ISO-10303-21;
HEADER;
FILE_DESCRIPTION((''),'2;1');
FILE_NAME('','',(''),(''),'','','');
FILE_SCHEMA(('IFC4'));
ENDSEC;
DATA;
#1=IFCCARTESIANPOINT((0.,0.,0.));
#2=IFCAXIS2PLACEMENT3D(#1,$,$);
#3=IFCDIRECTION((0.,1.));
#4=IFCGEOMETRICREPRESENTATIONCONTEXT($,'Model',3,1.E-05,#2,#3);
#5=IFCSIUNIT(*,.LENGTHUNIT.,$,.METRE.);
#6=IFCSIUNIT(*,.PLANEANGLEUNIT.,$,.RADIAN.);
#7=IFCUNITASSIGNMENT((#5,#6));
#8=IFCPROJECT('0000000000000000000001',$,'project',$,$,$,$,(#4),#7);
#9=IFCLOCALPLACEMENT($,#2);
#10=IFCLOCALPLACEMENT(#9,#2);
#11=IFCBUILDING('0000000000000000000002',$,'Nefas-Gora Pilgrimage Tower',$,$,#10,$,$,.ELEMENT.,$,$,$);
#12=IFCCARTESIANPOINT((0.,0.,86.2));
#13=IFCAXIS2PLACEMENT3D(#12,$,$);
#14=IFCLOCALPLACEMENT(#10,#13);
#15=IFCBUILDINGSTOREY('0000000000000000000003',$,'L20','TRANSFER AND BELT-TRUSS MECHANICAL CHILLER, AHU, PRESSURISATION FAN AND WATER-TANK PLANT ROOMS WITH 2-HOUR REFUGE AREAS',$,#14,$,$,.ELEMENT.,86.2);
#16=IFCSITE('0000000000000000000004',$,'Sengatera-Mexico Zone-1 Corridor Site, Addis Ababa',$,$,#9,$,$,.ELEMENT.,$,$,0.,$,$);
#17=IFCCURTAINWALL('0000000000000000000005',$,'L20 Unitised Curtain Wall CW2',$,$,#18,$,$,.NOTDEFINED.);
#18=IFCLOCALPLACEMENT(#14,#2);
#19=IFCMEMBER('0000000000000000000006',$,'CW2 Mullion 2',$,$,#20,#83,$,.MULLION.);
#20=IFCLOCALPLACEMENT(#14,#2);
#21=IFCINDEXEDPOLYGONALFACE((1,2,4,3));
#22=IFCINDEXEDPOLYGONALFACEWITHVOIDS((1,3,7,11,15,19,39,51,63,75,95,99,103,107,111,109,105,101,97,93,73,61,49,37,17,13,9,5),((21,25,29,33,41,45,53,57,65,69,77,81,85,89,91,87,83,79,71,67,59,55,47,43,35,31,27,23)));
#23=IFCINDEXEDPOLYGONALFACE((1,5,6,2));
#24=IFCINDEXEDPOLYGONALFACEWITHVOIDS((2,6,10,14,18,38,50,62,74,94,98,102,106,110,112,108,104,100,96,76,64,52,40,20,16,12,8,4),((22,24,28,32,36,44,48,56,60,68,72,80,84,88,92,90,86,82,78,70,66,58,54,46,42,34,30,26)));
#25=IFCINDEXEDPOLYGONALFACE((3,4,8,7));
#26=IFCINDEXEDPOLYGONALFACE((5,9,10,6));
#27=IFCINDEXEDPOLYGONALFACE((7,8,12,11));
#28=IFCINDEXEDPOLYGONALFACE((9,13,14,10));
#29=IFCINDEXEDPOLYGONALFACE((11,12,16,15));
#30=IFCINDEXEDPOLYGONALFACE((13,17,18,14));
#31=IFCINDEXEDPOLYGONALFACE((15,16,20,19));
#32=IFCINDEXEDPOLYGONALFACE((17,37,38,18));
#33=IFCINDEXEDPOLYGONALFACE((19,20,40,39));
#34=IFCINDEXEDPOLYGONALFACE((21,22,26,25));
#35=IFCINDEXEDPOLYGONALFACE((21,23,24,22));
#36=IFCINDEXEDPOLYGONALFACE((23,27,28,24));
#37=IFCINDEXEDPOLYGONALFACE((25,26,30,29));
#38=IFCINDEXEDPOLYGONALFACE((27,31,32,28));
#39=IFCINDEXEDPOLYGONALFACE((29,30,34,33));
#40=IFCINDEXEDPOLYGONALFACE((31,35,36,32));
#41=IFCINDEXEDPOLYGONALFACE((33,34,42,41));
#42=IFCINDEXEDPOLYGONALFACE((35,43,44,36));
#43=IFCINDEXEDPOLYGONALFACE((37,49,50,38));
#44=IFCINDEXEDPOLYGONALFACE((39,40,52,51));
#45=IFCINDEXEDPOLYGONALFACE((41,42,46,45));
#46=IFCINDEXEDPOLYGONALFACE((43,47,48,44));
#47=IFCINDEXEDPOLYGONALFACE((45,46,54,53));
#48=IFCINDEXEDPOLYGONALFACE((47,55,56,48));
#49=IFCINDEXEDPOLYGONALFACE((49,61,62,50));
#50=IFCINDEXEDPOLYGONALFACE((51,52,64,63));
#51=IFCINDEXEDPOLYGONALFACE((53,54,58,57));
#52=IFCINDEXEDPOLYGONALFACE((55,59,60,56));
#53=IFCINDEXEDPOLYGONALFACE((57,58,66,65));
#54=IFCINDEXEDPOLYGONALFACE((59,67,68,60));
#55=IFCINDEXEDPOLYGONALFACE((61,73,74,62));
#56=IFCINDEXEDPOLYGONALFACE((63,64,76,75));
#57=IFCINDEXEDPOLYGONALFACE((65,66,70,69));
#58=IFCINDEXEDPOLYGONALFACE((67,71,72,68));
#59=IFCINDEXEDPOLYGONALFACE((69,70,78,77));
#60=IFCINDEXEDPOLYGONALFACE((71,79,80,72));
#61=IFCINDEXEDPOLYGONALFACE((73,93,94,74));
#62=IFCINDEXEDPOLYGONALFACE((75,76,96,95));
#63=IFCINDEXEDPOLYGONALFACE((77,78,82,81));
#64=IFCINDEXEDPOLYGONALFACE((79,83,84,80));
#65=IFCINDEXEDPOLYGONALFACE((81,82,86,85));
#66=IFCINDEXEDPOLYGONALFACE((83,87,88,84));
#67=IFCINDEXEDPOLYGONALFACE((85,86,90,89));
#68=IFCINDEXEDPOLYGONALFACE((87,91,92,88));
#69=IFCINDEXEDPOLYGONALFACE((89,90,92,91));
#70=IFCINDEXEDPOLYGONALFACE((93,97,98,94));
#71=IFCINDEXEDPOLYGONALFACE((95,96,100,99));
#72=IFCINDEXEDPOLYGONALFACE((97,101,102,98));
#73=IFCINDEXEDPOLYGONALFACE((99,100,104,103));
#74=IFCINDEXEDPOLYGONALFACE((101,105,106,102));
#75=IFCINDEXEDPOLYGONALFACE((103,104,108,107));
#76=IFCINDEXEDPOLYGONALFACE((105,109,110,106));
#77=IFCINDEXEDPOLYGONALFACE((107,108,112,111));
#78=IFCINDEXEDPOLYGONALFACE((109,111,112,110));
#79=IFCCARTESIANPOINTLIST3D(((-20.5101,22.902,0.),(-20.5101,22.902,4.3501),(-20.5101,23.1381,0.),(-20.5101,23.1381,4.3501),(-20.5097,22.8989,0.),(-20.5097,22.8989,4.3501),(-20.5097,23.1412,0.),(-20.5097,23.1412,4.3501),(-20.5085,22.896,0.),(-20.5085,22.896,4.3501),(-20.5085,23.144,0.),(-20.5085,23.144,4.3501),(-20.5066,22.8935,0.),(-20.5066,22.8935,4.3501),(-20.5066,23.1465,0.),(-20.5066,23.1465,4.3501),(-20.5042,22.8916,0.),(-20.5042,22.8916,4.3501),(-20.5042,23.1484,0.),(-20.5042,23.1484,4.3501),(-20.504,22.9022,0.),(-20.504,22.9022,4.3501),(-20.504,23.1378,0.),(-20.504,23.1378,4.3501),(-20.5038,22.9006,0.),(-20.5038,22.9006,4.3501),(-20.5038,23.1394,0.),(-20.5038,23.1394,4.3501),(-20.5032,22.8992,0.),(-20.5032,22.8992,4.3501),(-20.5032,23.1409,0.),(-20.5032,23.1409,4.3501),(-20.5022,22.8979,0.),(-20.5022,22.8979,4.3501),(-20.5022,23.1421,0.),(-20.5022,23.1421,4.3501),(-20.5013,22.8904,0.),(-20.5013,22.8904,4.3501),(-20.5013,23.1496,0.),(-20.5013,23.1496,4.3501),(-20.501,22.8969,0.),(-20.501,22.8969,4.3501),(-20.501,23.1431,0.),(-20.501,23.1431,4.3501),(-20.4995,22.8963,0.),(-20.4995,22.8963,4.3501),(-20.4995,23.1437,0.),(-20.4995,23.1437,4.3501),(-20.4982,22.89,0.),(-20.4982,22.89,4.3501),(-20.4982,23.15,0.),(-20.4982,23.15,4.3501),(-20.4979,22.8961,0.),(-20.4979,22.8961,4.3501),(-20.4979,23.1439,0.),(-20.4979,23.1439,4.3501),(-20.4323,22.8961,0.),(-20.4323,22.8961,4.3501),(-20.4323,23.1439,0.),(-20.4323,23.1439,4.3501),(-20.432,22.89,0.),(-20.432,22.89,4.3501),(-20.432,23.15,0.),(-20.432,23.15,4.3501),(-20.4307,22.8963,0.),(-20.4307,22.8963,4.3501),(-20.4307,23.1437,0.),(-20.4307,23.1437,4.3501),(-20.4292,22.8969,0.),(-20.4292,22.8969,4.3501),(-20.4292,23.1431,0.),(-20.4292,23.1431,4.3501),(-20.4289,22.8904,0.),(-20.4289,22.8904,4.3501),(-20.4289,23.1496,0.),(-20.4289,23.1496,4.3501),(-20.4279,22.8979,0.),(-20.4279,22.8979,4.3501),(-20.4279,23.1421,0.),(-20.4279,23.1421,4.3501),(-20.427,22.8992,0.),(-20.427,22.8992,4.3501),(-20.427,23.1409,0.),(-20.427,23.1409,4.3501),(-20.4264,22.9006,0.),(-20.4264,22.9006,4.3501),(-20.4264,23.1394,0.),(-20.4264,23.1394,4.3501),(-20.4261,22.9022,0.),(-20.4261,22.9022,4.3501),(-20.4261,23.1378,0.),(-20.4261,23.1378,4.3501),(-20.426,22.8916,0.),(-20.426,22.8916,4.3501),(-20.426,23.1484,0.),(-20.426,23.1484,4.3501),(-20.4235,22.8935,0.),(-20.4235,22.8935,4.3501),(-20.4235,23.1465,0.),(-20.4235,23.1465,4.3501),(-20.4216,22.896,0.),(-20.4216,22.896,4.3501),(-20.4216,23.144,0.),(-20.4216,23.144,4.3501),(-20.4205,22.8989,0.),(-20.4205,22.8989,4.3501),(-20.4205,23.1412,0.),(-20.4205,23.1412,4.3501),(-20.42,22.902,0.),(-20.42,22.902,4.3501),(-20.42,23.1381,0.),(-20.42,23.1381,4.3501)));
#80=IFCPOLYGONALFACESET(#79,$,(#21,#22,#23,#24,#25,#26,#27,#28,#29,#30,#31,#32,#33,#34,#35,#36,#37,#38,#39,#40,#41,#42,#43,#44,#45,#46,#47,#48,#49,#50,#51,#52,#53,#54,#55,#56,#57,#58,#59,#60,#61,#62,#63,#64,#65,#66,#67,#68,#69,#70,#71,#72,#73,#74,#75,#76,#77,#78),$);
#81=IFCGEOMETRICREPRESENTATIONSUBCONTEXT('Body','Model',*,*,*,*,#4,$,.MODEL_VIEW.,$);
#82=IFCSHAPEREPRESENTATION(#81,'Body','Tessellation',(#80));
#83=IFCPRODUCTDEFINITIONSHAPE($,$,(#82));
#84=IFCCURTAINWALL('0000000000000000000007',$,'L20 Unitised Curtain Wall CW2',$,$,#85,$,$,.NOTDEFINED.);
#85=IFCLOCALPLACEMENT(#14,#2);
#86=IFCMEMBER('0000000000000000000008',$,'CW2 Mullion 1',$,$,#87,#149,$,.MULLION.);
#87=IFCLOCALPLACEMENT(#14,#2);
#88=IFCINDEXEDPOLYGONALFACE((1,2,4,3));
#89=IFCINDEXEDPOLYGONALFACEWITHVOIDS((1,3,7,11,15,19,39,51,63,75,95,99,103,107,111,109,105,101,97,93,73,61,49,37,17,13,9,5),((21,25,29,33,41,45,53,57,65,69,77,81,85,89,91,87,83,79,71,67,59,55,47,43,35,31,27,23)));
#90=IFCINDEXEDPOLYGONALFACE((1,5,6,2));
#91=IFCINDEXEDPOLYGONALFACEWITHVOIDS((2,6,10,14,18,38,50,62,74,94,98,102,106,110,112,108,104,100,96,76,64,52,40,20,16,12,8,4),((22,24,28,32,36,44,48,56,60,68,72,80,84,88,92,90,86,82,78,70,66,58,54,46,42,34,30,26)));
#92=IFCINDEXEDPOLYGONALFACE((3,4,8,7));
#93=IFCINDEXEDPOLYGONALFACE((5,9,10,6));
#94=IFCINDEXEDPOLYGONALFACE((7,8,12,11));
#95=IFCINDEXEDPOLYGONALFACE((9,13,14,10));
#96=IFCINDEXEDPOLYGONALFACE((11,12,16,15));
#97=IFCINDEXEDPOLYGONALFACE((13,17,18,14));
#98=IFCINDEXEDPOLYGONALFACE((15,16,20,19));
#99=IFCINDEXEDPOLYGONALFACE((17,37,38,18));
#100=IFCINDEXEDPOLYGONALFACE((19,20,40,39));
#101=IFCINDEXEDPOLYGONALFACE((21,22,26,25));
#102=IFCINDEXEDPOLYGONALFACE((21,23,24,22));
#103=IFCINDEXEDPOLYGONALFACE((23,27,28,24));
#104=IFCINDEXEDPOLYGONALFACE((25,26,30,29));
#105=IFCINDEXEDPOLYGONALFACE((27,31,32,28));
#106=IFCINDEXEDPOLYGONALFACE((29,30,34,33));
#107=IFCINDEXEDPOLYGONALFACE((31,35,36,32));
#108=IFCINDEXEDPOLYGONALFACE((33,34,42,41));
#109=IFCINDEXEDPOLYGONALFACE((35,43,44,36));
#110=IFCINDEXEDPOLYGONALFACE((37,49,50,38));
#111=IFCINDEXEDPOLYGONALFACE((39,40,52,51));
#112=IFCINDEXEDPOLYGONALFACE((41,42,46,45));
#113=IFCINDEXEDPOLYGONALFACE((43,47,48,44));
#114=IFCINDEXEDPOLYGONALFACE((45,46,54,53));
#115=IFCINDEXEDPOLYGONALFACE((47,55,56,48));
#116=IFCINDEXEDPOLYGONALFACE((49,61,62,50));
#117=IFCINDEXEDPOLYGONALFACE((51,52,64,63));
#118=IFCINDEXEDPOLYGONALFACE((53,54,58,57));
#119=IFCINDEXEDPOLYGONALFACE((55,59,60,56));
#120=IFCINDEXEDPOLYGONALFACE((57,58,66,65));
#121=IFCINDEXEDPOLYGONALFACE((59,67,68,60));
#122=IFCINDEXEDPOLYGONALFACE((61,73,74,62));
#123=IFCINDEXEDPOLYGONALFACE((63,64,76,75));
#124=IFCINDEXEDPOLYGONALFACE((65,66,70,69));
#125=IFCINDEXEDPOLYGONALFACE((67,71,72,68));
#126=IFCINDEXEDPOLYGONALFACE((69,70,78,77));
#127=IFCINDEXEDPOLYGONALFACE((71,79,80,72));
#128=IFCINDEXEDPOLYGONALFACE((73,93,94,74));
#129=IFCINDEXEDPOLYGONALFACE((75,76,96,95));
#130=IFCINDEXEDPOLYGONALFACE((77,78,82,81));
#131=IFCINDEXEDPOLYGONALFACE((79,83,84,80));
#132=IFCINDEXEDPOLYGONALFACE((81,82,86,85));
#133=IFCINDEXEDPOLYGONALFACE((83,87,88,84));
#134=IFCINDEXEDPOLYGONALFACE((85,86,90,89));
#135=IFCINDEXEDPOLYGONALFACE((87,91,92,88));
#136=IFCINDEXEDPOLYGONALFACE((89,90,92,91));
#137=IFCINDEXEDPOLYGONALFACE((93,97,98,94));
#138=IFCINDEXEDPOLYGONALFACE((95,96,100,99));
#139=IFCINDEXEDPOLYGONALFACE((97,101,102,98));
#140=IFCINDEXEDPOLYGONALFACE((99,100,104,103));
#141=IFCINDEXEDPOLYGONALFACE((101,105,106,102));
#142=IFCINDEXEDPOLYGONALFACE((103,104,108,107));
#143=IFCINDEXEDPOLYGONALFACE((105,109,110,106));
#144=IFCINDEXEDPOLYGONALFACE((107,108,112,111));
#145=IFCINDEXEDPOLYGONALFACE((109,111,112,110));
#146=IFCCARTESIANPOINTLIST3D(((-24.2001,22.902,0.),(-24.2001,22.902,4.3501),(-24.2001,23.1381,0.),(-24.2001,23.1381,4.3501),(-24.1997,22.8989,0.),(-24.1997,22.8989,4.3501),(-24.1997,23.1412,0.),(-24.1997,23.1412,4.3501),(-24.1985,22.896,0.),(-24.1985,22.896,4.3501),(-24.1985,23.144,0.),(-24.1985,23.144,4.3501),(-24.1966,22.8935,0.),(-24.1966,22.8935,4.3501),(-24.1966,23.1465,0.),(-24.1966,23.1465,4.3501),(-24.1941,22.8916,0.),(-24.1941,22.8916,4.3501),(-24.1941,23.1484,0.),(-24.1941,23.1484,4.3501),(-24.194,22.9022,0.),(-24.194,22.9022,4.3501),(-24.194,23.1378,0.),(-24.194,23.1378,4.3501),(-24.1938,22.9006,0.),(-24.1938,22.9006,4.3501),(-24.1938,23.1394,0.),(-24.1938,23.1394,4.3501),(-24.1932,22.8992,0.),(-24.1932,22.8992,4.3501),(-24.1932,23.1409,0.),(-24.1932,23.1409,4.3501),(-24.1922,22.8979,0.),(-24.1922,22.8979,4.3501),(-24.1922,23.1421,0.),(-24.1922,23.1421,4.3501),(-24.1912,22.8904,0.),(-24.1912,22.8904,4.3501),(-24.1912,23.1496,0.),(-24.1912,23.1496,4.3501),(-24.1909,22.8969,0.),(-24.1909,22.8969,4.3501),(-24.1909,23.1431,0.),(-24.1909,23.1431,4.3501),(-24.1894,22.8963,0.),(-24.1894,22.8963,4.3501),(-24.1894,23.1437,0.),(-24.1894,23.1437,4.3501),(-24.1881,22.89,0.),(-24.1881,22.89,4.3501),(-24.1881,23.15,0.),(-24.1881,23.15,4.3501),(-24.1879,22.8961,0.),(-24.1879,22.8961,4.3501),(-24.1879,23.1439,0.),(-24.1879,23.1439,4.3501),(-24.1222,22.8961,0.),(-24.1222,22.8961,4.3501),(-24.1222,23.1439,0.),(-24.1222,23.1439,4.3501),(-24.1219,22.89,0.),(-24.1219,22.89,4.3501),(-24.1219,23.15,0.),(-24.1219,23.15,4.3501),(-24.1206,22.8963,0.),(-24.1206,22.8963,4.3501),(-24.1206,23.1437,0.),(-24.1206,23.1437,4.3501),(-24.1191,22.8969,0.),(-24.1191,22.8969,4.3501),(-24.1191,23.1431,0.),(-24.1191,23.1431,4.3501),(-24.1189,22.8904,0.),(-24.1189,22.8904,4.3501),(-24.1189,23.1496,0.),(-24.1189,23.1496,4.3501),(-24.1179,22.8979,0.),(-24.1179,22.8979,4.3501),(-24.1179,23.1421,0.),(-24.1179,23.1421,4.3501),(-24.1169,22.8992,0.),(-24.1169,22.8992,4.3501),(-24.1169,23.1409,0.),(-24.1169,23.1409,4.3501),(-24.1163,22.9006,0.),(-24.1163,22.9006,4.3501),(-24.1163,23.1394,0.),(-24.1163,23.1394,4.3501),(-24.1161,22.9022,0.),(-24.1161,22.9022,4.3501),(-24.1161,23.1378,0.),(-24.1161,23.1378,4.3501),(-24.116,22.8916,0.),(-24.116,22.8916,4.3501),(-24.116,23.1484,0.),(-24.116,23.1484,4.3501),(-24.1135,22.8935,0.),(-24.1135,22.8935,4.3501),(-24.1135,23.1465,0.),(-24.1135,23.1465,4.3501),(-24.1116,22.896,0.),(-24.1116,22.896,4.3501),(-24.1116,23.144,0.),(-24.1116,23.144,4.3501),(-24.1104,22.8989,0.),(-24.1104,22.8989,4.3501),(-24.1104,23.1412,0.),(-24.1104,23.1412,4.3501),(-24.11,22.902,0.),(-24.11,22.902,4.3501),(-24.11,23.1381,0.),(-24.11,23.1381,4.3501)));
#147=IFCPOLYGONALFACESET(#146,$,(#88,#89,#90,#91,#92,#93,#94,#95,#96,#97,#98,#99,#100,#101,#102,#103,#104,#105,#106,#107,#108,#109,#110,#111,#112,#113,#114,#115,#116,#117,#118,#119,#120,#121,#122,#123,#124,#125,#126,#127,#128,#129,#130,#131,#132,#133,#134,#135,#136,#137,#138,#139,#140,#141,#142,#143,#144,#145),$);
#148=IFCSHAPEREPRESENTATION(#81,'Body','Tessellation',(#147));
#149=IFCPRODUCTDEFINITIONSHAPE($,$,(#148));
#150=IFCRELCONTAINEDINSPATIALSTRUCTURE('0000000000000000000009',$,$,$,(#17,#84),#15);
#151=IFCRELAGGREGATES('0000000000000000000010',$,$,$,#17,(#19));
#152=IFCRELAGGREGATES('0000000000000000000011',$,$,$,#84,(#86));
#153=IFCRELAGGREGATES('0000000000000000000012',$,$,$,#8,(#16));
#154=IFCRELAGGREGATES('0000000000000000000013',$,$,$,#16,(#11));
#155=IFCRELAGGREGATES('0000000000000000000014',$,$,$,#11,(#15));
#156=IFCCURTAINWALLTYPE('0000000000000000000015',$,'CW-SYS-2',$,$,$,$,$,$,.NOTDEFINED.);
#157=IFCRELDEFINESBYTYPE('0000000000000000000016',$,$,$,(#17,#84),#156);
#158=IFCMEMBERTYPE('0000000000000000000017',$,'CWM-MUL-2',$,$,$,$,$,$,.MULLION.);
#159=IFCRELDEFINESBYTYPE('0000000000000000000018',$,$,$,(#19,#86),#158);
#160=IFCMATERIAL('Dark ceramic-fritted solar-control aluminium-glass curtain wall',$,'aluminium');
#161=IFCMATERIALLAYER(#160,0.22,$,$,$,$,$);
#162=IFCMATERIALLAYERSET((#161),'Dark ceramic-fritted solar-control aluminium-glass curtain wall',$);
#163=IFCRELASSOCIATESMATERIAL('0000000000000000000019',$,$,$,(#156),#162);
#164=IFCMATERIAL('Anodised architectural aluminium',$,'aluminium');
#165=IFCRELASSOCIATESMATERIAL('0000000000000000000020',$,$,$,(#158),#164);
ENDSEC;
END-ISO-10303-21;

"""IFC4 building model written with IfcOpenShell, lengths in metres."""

from ifc_helpers import new_model, si_unit, direction, frame, origin, origin_2d, place, context, subcontext, project, spatial, hollow_rectangle, extrude, source, transform, mapped, material, layer, layer_set, material_profile, profile_set, type_object, element, aggregate, save


model = new_model("IFC4")

# Units and contexts
model_context = context("Model", 3, precision=1e-05, world=origin(), true_north=direction((0.0, 1.0)))
body_context = subcontext(model_context, "Body", "Model", "MODEL_VIEW")
ifc_project = project(units=[si_unit("LENGTHUNIT", "METRE"), si_unit("PLANEANGLEUNIT", "RADIAN")], contexts=[model_context])

# Site, building, storey
site_placement = place(None, origin())
site = spatial("IfcSite", under=ifc_project, at=site_placement, Name="Sengatera-Mexico Zone-1 Corridor Site, Addis Ababa", CompositionType="ELEMENT", RefElevation=0.0)
building_placement = place(site_placement, origin())
building = spatial("IfcBuilding", under=site, at=building_placement, Name="Nefas-Gora Pilgrimage Tower", CompositionType="ELEMENT")
storey_placement = place(building_placement, frame((0.0, 0.0, 86.2)))
storey = spatial("IfcBuildingStorey", under=building, at=storey_placement, Name="L20", Description="TRANSFER AND BELT-TRUSS MECHANICAL CHILLER, AHU, PRESSURISATION FAN AND WATER-TANK PLANT ROOMS WITH 2-HOUR REFUGE AREAS", CompositionType="ELEMENT", Elevation=86.2)

# Shared definitions
ifc_material_1 = material(Name="Dark ceramic-fritted solar-control aluminium-glass curtain wall", Category="aluminium")
ifc_material_2 = material(Name="Anodised architectural aluminium", Category="aluminium")

# Curtain walls, members
ifc_layer_1 = layer(ifc_material_1, 0.22)
ifc_layer_set_1 = layer_set([ifc_layer_1], Name="Dark ceramic-fritted solar-control aluminium-glass curtain wall")
curtain_wall_type_1 = type_object("IfcCurtainWallType", Name="CW-SYS-2", PredefinedType="NOTDEFINED", material=ifc_layer_set_1)
curtain_wall_1_placement = place(storey_placement, origin())
curtain_wall_1 = element("IfcCurtainWall", 1, at=curtain_wall_1_placement, inside=storey, type_object=curtain_wall_type_1, Name="L20 Unitised Curtain Wall CW2", PredefinedType="NOTDEFINED")
ifc_material_profile_1 = material_profile(ifc_material_2, hollow_rectangle(XDim=0.0901, YDim=0.26, WallThickness=0.0061, InnerFilletRadius=0.0061, OuterFilletRadius=0.012, at=origin_2d()), Name="ALU MULLION 90x260")
ifc_profile_set_1 = profile_set([ifc_material_profile_1], Name="Anodised architectural aluminium")
member_type_1 = type_object("IfcMemberType", Name="CWM-MUL-2", PredefinedType="MULLION", material=ifc_profile_set_1)
shared_shape_1 = source(origin(), body_context, "Body", "SweptSolid", [
    extrude(hollow_rectangle(XDim=0.0901, YDim=0.26, WallThickness=0.0061, InnerFilletRadius=0.0061, OuterFilletRadius=0.012, at=origin_2d()), origin(), (0.0, 0.0, 1.0), 4.3501),
])
member_1_placement = place(storey_placement, frame((-20.4651, 23.02, 0.0), z_axis=(0.0, 0.0, 1.0), x_axis=(-1.0, 0.0, 0.0)))
member_1 = element("IfcMember", 2, at=member_1_placement, type_object=member_type_1, Name="CW2 Mullion 2", PredefinedType="MULLION", context=body_context, shape_type="MappedRepresentation", body=[
    mapped(shared_shape_1, transform((0.0, 0.0, 0.0), x_axis=(1.0, 0.0, 0.0), y_axis=(0.0, 1.0, 0.0), z_axis=(0.0, 0.0, 1.0), scale=1.0)),
])
curtain_wall_2_placement = place(storey_placement, origin())
curtain_wall_2 = element("IfcCurtainWall", 3, at=curtain_wall_2_placement, inside=storey, type_object=curtain_wall_type_1, Name="L20 Unitised Curtain Wall CW2", PredefinedType="NOTDEFINED")
member_2_placement = place(storey_placement, frame((-24.155, 23.02, 0.0), z_axis=(0.0, 0.0, 1.0), x_axis=(-1.0, 0.0, 0.0)))
member_2 = element("IfcMember", 4, at=member_2_placement, type_object=member_type_1, Name="CW2 Mullion 1", PredefinedType="MULLION", context=body_context, shape_type="MappedRepresentation", body=[
    mapped(shared_shape_1, transform((0.0, 0.0, 0.0), x_axis=(1.0, 0.0, 0.0), y_axis=(0.0, 1.0, 0.0), z_axis=(0.0, 0.0, 1.0), scale=1.0)),
])

aggregate(curtain_wall_1, [member_1])
aggregate(curtain_wall_2, [member_2])

save(model, "model.ifc")
